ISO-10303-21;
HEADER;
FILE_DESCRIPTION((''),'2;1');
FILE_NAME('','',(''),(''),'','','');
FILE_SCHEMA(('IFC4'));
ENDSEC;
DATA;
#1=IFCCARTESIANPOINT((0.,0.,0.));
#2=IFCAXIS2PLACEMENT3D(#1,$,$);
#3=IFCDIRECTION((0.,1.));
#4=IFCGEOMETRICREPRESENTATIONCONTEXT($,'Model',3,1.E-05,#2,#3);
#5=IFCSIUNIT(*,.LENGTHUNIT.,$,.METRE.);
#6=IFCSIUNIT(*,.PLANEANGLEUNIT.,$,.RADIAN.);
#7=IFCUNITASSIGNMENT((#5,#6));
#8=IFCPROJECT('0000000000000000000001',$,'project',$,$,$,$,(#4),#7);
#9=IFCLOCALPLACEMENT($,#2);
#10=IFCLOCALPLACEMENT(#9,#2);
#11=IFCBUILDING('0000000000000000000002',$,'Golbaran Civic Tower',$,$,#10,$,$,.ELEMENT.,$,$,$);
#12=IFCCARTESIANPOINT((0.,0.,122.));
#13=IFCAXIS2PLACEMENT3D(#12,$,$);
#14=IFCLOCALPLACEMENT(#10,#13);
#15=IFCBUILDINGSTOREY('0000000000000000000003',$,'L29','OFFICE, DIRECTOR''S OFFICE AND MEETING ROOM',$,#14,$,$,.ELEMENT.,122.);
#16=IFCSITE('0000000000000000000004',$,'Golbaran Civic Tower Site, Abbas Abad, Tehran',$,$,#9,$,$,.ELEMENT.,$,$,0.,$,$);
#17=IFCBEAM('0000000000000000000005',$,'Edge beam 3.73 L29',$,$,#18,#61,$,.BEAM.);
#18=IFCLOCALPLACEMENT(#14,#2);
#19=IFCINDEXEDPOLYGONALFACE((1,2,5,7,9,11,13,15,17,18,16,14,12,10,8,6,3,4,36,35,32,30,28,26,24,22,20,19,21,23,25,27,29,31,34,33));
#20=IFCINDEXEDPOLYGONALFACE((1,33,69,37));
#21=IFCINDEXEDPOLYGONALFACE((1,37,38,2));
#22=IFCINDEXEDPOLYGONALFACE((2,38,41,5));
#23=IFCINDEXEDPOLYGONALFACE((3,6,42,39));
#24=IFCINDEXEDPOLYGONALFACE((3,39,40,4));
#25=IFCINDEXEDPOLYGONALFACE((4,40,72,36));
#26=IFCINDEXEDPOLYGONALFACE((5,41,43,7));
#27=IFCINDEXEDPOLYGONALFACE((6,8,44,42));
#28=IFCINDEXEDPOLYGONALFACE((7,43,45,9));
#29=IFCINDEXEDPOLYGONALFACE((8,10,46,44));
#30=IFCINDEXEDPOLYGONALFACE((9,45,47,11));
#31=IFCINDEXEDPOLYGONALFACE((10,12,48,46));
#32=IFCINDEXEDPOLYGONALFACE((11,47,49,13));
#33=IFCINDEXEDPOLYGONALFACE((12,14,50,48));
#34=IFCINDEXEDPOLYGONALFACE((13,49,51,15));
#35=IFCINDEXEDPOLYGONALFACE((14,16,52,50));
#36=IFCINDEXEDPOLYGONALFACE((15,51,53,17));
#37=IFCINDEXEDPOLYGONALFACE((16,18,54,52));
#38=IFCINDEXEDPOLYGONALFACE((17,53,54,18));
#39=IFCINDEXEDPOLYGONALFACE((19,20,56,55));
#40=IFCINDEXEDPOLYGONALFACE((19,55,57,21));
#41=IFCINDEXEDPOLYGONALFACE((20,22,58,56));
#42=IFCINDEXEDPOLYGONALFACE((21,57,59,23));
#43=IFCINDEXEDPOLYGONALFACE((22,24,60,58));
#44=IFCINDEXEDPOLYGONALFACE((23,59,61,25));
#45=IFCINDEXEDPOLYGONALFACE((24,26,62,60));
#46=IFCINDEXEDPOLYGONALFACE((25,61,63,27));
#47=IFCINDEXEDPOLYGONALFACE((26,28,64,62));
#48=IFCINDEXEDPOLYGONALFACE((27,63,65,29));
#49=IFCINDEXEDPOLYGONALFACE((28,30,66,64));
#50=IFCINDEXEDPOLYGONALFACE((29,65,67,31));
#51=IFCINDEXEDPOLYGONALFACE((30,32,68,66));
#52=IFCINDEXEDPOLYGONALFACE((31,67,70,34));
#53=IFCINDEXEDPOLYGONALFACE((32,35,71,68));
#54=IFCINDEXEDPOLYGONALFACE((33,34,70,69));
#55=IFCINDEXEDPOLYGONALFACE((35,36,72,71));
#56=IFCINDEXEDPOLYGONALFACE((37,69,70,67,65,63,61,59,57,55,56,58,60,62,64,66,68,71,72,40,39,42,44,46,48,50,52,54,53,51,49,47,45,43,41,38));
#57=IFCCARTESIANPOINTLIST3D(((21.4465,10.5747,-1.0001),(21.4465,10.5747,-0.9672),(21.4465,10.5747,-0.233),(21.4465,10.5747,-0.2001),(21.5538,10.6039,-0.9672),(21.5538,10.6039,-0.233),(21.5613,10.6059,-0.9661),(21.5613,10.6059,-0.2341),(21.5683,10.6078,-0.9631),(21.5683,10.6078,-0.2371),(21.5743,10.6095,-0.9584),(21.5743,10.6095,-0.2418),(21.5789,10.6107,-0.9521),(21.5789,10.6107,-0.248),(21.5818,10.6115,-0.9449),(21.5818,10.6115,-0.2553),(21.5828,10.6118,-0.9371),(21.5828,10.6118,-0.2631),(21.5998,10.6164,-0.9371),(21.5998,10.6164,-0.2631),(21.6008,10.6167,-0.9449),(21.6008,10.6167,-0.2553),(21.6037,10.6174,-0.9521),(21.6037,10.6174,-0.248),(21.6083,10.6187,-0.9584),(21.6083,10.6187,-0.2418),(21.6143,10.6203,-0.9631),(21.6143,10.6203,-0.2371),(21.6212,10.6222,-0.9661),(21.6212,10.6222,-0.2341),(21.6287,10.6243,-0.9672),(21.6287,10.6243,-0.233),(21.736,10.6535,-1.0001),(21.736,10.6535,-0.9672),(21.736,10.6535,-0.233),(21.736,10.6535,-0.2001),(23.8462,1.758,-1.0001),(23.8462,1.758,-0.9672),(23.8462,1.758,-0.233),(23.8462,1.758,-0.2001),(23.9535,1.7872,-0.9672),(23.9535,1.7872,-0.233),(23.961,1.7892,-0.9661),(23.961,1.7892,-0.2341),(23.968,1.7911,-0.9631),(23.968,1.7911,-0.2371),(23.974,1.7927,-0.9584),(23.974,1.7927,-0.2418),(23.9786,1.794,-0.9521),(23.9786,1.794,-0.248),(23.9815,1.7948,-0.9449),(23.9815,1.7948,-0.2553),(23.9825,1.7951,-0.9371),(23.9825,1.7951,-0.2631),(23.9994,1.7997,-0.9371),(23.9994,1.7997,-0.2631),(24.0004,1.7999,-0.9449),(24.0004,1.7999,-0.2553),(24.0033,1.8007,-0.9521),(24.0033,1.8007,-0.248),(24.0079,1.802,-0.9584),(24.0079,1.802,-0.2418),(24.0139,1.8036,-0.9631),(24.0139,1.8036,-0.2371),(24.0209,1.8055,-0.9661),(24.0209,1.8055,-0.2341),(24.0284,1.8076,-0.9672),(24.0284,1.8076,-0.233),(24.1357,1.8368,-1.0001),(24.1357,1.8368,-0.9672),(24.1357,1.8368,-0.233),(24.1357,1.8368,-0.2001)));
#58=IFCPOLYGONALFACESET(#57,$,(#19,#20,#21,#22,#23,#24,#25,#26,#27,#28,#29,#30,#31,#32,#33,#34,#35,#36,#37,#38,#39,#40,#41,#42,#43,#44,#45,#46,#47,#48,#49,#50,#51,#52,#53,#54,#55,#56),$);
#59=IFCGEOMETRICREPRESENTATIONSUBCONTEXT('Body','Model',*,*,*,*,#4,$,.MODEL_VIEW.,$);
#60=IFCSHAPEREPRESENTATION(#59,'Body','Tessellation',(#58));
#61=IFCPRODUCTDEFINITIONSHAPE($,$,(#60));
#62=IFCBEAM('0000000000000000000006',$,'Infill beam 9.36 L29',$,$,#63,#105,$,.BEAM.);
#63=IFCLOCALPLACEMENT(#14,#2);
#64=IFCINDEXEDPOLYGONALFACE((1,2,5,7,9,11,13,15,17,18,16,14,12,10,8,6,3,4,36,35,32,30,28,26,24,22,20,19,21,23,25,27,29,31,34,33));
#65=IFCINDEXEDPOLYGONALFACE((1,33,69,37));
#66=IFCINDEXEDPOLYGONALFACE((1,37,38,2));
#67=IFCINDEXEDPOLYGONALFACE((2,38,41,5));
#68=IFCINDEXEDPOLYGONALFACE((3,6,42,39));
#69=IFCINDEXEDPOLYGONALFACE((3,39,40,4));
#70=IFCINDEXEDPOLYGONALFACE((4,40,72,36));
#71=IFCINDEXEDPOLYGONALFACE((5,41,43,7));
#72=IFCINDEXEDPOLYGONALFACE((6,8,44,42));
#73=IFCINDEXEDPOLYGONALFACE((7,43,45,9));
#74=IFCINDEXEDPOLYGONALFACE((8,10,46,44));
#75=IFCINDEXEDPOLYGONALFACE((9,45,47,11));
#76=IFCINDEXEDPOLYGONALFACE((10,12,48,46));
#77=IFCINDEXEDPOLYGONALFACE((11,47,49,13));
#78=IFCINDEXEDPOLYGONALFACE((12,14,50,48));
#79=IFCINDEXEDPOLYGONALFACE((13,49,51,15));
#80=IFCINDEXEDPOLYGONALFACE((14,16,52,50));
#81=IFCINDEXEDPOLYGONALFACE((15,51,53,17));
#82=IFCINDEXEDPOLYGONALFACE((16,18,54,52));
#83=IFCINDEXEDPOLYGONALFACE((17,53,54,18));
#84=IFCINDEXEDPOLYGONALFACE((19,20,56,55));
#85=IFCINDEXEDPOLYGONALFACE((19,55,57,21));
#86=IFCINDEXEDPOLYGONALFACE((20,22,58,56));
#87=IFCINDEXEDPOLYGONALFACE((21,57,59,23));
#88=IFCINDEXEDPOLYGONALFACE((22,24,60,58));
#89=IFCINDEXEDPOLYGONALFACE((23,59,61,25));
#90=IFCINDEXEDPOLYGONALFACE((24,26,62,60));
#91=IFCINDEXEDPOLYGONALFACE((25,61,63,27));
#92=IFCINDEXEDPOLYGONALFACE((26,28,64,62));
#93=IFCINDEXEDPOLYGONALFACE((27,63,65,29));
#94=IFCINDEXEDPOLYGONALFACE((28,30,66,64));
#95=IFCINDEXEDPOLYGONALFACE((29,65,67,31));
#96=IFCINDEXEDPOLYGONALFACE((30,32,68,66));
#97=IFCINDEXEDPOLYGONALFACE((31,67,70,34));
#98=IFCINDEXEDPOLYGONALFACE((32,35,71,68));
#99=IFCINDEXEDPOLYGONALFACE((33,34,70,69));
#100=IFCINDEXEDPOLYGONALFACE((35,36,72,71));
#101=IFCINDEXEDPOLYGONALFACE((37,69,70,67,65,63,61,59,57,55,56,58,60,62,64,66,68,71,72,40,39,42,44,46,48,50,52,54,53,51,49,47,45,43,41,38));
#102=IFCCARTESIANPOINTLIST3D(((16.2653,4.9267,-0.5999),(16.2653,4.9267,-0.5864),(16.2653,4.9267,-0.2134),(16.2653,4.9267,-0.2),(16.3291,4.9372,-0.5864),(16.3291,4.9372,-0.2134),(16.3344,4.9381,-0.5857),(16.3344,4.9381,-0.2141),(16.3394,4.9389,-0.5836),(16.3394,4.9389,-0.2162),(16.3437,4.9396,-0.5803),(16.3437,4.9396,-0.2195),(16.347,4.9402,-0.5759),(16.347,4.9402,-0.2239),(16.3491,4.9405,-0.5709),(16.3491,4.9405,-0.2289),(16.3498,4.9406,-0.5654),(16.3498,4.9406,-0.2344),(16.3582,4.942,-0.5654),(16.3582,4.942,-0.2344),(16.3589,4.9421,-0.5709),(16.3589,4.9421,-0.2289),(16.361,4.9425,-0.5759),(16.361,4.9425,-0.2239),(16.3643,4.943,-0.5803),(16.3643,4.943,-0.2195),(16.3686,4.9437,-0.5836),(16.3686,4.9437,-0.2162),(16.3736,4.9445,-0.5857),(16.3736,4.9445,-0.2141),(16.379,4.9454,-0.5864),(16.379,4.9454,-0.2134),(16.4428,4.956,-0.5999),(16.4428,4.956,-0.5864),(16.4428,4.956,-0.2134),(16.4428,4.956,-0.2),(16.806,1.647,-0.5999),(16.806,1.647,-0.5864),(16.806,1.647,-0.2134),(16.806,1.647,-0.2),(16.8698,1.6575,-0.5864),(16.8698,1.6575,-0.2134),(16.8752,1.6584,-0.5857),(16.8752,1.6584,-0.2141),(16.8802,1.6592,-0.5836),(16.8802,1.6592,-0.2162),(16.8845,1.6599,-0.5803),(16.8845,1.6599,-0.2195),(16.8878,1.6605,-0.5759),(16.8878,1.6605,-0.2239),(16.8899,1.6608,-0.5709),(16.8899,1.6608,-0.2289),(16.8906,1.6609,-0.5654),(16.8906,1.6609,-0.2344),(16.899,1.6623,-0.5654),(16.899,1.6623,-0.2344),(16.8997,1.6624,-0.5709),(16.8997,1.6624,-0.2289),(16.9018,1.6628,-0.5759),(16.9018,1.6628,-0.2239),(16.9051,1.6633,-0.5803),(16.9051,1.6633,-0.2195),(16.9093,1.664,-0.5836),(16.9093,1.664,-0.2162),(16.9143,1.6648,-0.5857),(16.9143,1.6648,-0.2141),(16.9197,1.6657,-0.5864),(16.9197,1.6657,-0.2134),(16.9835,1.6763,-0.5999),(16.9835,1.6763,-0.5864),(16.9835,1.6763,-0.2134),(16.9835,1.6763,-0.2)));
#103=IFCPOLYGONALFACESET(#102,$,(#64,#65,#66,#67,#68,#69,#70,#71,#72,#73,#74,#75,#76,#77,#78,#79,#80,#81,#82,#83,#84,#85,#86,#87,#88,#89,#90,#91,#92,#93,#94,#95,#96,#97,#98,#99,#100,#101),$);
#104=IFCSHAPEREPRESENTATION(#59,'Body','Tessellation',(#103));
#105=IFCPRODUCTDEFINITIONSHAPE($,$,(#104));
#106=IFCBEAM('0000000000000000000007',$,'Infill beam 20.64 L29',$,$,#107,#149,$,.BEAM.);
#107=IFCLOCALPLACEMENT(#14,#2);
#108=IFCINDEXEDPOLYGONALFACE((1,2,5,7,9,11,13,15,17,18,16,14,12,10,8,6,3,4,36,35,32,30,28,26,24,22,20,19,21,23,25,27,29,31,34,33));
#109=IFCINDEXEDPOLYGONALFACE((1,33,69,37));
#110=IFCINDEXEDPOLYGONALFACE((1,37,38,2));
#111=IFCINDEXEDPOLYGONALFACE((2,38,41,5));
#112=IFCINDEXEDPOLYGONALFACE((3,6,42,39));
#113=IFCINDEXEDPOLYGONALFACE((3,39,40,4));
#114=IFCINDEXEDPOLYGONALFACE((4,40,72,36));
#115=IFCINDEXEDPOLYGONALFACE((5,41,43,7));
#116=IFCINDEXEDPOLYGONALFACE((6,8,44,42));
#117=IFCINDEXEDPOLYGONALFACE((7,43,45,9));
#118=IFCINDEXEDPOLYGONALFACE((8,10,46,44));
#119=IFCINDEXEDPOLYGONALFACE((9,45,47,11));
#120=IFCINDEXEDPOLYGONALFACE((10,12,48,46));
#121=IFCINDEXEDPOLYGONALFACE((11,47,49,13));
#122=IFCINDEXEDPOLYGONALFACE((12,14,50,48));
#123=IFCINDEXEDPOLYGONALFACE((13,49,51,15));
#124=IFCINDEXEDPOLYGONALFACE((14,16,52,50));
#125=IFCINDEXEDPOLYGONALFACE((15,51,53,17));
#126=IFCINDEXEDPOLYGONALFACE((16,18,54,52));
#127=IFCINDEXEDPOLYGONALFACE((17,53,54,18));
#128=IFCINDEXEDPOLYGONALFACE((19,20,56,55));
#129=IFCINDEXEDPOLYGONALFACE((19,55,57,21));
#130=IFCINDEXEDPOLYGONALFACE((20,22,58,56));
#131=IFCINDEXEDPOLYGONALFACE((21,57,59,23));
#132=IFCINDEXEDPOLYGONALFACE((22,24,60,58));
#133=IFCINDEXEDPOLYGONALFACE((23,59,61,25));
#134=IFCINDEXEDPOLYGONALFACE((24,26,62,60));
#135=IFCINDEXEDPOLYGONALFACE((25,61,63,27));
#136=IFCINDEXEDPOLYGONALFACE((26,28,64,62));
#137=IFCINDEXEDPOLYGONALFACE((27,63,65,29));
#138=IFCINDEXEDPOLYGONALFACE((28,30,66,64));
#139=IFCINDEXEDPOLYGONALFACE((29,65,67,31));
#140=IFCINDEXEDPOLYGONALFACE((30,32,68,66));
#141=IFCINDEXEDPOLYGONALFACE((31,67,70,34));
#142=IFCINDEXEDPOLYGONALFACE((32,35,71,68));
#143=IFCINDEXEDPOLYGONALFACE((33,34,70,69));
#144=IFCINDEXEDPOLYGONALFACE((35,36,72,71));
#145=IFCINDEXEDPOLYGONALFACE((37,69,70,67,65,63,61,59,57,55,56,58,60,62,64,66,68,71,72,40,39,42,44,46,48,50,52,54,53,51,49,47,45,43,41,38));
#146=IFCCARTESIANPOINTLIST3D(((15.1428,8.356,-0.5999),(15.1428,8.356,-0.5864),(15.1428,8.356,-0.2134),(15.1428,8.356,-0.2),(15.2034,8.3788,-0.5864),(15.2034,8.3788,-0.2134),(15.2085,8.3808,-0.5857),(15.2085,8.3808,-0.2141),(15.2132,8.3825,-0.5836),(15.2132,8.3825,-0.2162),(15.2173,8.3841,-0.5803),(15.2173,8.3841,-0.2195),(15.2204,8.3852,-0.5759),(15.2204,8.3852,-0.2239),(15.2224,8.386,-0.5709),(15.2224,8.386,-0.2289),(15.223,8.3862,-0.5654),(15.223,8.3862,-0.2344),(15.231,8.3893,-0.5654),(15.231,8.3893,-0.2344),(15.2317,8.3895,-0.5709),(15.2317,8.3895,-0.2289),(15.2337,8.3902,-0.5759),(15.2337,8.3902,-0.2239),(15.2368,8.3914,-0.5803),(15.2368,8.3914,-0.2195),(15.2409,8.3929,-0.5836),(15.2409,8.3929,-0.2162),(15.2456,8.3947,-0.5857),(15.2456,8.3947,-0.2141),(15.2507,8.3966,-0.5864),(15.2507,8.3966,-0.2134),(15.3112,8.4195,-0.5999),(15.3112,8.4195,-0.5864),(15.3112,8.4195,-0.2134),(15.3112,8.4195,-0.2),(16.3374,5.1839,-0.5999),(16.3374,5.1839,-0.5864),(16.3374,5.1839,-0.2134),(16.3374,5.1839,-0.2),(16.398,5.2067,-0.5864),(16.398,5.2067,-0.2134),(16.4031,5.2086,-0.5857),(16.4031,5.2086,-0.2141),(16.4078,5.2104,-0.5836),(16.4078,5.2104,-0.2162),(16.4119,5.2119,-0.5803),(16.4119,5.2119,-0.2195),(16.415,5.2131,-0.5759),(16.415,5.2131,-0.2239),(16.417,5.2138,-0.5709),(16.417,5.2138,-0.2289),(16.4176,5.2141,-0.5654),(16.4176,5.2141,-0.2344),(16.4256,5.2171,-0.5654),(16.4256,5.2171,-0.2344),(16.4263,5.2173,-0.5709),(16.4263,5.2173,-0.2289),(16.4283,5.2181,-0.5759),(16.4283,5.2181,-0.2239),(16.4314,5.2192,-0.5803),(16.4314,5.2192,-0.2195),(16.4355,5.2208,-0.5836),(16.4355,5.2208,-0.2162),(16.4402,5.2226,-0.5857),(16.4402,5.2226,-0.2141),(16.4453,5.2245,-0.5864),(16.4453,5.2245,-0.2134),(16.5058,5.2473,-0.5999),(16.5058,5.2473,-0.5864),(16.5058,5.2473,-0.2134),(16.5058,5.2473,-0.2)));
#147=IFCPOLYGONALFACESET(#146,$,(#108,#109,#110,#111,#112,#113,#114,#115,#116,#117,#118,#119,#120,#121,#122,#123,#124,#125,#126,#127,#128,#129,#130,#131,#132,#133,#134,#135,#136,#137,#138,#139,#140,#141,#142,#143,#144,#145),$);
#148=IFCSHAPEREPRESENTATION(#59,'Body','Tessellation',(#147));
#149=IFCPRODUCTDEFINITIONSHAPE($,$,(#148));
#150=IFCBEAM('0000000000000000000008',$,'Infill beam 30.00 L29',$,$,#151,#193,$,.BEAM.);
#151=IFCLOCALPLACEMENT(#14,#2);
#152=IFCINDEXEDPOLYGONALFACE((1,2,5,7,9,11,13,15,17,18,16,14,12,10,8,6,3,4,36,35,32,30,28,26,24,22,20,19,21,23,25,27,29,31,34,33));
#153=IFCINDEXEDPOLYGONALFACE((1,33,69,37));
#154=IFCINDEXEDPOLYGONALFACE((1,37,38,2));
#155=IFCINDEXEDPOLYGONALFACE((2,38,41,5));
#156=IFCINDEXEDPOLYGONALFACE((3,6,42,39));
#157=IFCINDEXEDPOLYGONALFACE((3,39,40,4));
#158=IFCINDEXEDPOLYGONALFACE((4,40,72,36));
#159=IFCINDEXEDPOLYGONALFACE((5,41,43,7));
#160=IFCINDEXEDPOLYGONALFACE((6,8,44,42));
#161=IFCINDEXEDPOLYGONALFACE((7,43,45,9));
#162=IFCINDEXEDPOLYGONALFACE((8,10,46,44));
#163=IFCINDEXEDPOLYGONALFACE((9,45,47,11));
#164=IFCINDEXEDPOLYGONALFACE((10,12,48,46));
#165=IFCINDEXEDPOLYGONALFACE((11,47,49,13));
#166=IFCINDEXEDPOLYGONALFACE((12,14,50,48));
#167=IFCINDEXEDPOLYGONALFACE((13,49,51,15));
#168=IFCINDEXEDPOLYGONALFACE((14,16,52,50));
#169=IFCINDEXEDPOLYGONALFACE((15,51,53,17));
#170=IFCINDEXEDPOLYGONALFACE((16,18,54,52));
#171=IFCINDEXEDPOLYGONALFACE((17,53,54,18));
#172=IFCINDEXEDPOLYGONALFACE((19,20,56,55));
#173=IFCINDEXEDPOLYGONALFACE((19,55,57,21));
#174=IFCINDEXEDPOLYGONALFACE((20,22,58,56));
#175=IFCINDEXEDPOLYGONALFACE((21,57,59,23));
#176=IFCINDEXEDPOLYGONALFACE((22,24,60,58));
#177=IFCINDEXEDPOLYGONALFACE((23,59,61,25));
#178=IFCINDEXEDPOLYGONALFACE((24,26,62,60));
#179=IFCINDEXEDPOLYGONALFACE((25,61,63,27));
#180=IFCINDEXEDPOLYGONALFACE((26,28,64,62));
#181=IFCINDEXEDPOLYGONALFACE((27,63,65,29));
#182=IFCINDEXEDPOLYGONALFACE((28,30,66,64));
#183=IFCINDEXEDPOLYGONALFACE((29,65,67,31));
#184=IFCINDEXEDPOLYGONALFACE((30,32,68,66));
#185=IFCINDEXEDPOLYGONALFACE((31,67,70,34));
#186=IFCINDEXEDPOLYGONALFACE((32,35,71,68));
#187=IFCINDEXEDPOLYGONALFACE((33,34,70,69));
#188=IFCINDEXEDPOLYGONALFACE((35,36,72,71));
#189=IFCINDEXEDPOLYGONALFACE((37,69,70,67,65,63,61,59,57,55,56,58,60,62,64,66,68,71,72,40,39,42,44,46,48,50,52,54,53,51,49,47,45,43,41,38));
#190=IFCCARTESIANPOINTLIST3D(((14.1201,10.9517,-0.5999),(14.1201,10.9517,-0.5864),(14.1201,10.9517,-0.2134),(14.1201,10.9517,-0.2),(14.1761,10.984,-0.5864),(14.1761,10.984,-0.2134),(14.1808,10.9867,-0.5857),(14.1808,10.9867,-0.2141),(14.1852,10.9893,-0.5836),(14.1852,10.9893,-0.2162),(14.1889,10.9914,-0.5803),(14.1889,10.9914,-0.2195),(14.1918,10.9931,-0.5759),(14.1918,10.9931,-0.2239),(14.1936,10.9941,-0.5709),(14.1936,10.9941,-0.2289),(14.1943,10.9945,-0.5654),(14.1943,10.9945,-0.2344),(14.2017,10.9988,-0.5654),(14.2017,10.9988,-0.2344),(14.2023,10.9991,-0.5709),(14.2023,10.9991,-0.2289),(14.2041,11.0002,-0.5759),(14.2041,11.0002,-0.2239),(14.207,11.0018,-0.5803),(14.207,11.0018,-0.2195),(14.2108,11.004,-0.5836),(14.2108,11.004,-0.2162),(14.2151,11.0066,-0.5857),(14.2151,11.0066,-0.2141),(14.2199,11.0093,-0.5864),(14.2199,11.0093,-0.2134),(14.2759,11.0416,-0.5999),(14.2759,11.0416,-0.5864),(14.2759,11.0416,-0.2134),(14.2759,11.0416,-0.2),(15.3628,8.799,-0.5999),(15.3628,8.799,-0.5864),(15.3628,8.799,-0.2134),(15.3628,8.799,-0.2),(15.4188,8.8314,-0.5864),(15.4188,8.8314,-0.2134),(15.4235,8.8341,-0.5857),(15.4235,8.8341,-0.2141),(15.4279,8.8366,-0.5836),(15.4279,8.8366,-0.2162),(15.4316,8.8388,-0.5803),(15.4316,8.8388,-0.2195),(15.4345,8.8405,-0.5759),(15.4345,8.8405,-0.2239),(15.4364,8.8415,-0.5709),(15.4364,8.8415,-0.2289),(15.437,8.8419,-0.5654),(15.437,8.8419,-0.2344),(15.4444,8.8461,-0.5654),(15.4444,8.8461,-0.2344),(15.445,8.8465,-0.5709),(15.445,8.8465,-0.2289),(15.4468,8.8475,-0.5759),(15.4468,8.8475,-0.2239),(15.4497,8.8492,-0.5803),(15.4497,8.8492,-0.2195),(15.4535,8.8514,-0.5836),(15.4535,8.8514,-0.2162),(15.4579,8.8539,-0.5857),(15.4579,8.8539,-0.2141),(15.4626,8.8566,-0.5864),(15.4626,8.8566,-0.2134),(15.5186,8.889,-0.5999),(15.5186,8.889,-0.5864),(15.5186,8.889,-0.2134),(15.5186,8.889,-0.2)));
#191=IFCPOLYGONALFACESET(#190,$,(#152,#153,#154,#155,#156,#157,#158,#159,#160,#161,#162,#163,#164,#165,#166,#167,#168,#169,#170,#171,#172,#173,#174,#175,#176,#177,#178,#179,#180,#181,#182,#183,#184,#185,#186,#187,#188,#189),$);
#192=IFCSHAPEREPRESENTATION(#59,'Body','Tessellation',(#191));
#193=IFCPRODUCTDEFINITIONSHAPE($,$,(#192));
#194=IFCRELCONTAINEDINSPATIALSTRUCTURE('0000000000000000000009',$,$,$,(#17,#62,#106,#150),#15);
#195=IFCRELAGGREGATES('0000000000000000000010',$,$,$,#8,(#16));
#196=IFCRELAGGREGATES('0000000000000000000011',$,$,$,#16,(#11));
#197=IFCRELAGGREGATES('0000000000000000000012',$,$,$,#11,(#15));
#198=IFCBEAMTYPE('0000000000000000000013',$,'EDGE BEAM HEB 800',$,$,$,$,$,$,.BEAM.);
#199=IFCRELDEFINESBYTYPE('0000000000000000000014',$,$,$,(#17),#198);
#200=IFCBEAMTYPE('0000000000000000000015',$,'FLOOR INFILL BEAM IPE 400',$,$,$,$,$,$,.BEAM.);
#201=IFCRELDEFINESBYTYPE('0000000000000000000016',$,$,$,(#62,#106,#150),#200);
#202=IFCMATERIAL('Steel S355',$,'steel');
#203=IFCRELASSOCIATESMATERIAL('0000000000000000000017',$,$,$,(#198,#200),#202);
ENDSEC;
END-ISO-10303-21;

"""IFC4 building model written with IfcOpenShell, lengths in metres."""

from ifc_helpers import new_model, si_unit, direction, frame, origin, origin_2d, place, context, subcontext, project, spatial, i_section, extrude, material, material_profile, profile_set, type_object, element, save


model = new_model("IFC4")

# Units and contexts
model_context = context("Model", 3, precision=1e-05, world=origin(), true_north=direction((0.0, 1.0)))
body_context = subcontext(model_context, "Body", "Model", "MODEL_VIEW")
ifc_project = project(units=[si_unit("LENGTHUNIT", "METRE"), si_unit("PLANEANGLEUNIT", "RADIAN")], contexts=[model_context])

# Site, building, storey
site_placement = place(None, origin())
site = spatial("IfcSite", under=ifc_project, at=site_placement, Name="Golbaran Civic Tower Site, Abbas Abad, Tehran", CompositionType="ELEMENT", RefElevation=0.0)
building_placement = place(site_placement, origin())
building = spatial("IfcBuilding", under=site, at=building_placement, Name="Golbaran Civic Tower", CompositionType="ELEMENT")
storey_placement = place(building_placement, frame((0.0, 0.0, 122.0)))
storey = spatial("IfcBuildingStorey", under=building, at=storey_placement, Name="L29", Description="OFFICE, DIRECTOR'S OFFICE AND MEETING ROOM", CompositionType="ELEMENT", Elevation=122.0)

# Beams
ifc_material_1 = material(Name="Steel S355", Category="steel")
ifc_material_profile_1 = material_profile(ifc_material_1, i_section(OverallWidth=0.3, OverallDepth=0.8, WebThickness=0.0176, FlangeThickness=0.033, FilletRadius=0.03, at=origin_2d()), Name="HEB 800")
ifc_profile_set_1 = profile_set([ifc_material_profile_1], Name="Steel S355")
beam_type_1 = type_object("IfcBeamType", Name="EDGE BEAM HEB 800", PredefinedType="BEAM", material=ifc_profile_set_1)
beam_1_placement = place(storey_placement, frame((23.991, 1.7974, -0.6001), z_axis=(-0.26262, 0.964899, 0.0), x_axis=(-0.964899, -0.26262, 0.0)))
element("IfcBeam", 1, at=beam_1_placement, inside=storey, type_object=beam_type_1, Name="Edge beam 3.73 L29", PredefinedType="BEAM", context=body_context, shape_type="SweptSolid", body=[
    extrude(i_section(OverallWidth=0.3, OverallDepth=0.8, WebThickness=0.0176, FlangeThickness=0.033, FilletRadius=0.03, at=origin_2d()), origin(), (0.0, 0.0, 1.0), 9.1375),
])
ifc_material_profile_2 = material_profile(ifc_material_1, i_section(OverallWidth=0.1799, OverallDepth=0.3999, WebThickness=0.0085, FlangeThickness=0.0134, FilletRadius=0.021, at=origin_2d()), Name="IPE 400")
ifc_profile_set_2 = profile_set([ifc_material_profile_2], Name="Steel S355")
beam_type_2 = type_object("IfcBeamType", Name="FLOOR INFILL BEAM IPE 400", PredefinedType="BEAM", material=ifc_profile_set_2)
beam_2_placement = place(storey_placement, frame((16.8948, 1.6616, -0.3999), z_axis=(-0.162684, 0.986678, 0.0), x_axis=(-0.986678, -0.162684, 0.0)))
element("IfcBeam", 2, at=beam_2_placement, inside=storey, type_object=beam_type_2, Name="Infill beam 9.36 L29", PredefinedType="BEAM", context=body_context, shape_type="SweptSolid", body=[
    extrude(i_section(OverallWidth=0.1799, OverallDepth=0.3999, WebThickness=0.0085, FlangeThickness=0.0134, FilletRadius=0.021, at=origin_2d()), origin(), (0.0, 0.0, 1.0), 3.324),
])
beam_3_placement = place(storey_placement, frame((16.4216, 5.2156, -0.3999), z_axis=(-0.352425, 0.93584, 0.0), x_axis=(-0.93584, -0.352425, 0.0)))
element("IfcBeam", 3, at=beam_3_placement, inside=storey, type_object=beam_type_2, Name="Infill beam 20.64 L29", PredefinedType="BEAM", context=body_context, shape_type="SweptSolid", body=[
    extrude(i_section(OverallWidth=0.1799, OverallDepth=0.3999, WebThickness=0.0085, FlangeThickness=0.0134, FilletRadius=0.021, at=origin_2d()), origin(), (0.0, 0.0, 1.0), 3.3896),
])
beam_4_placement = place(storey_placement, frame((15.4407, 8.844, -0.3999), z_axis=(-0.499963, 0.866047, 0.0), x_axis=(-0.866047, -0.499963, 0.0)))
element("IfcBeam", 4, at=beam_4_placement, inside=storey, type_object=beam_type_2, Name="Infill beam 30.00 L29", PredefinedType="BEAM", context=body_context, shape_type="SweptSolid", body=[
    extrude(i_section(OverallWidth=0.1799, OverallDepth=0.3999, WebThickness=0.0085, FlangeThickness=0.0134, FilletRadius=0.021, at=origin_2d()), origin(), (0.0, 0.0, 1.0), 2.4856),
])

save(model, "model.ifc")
